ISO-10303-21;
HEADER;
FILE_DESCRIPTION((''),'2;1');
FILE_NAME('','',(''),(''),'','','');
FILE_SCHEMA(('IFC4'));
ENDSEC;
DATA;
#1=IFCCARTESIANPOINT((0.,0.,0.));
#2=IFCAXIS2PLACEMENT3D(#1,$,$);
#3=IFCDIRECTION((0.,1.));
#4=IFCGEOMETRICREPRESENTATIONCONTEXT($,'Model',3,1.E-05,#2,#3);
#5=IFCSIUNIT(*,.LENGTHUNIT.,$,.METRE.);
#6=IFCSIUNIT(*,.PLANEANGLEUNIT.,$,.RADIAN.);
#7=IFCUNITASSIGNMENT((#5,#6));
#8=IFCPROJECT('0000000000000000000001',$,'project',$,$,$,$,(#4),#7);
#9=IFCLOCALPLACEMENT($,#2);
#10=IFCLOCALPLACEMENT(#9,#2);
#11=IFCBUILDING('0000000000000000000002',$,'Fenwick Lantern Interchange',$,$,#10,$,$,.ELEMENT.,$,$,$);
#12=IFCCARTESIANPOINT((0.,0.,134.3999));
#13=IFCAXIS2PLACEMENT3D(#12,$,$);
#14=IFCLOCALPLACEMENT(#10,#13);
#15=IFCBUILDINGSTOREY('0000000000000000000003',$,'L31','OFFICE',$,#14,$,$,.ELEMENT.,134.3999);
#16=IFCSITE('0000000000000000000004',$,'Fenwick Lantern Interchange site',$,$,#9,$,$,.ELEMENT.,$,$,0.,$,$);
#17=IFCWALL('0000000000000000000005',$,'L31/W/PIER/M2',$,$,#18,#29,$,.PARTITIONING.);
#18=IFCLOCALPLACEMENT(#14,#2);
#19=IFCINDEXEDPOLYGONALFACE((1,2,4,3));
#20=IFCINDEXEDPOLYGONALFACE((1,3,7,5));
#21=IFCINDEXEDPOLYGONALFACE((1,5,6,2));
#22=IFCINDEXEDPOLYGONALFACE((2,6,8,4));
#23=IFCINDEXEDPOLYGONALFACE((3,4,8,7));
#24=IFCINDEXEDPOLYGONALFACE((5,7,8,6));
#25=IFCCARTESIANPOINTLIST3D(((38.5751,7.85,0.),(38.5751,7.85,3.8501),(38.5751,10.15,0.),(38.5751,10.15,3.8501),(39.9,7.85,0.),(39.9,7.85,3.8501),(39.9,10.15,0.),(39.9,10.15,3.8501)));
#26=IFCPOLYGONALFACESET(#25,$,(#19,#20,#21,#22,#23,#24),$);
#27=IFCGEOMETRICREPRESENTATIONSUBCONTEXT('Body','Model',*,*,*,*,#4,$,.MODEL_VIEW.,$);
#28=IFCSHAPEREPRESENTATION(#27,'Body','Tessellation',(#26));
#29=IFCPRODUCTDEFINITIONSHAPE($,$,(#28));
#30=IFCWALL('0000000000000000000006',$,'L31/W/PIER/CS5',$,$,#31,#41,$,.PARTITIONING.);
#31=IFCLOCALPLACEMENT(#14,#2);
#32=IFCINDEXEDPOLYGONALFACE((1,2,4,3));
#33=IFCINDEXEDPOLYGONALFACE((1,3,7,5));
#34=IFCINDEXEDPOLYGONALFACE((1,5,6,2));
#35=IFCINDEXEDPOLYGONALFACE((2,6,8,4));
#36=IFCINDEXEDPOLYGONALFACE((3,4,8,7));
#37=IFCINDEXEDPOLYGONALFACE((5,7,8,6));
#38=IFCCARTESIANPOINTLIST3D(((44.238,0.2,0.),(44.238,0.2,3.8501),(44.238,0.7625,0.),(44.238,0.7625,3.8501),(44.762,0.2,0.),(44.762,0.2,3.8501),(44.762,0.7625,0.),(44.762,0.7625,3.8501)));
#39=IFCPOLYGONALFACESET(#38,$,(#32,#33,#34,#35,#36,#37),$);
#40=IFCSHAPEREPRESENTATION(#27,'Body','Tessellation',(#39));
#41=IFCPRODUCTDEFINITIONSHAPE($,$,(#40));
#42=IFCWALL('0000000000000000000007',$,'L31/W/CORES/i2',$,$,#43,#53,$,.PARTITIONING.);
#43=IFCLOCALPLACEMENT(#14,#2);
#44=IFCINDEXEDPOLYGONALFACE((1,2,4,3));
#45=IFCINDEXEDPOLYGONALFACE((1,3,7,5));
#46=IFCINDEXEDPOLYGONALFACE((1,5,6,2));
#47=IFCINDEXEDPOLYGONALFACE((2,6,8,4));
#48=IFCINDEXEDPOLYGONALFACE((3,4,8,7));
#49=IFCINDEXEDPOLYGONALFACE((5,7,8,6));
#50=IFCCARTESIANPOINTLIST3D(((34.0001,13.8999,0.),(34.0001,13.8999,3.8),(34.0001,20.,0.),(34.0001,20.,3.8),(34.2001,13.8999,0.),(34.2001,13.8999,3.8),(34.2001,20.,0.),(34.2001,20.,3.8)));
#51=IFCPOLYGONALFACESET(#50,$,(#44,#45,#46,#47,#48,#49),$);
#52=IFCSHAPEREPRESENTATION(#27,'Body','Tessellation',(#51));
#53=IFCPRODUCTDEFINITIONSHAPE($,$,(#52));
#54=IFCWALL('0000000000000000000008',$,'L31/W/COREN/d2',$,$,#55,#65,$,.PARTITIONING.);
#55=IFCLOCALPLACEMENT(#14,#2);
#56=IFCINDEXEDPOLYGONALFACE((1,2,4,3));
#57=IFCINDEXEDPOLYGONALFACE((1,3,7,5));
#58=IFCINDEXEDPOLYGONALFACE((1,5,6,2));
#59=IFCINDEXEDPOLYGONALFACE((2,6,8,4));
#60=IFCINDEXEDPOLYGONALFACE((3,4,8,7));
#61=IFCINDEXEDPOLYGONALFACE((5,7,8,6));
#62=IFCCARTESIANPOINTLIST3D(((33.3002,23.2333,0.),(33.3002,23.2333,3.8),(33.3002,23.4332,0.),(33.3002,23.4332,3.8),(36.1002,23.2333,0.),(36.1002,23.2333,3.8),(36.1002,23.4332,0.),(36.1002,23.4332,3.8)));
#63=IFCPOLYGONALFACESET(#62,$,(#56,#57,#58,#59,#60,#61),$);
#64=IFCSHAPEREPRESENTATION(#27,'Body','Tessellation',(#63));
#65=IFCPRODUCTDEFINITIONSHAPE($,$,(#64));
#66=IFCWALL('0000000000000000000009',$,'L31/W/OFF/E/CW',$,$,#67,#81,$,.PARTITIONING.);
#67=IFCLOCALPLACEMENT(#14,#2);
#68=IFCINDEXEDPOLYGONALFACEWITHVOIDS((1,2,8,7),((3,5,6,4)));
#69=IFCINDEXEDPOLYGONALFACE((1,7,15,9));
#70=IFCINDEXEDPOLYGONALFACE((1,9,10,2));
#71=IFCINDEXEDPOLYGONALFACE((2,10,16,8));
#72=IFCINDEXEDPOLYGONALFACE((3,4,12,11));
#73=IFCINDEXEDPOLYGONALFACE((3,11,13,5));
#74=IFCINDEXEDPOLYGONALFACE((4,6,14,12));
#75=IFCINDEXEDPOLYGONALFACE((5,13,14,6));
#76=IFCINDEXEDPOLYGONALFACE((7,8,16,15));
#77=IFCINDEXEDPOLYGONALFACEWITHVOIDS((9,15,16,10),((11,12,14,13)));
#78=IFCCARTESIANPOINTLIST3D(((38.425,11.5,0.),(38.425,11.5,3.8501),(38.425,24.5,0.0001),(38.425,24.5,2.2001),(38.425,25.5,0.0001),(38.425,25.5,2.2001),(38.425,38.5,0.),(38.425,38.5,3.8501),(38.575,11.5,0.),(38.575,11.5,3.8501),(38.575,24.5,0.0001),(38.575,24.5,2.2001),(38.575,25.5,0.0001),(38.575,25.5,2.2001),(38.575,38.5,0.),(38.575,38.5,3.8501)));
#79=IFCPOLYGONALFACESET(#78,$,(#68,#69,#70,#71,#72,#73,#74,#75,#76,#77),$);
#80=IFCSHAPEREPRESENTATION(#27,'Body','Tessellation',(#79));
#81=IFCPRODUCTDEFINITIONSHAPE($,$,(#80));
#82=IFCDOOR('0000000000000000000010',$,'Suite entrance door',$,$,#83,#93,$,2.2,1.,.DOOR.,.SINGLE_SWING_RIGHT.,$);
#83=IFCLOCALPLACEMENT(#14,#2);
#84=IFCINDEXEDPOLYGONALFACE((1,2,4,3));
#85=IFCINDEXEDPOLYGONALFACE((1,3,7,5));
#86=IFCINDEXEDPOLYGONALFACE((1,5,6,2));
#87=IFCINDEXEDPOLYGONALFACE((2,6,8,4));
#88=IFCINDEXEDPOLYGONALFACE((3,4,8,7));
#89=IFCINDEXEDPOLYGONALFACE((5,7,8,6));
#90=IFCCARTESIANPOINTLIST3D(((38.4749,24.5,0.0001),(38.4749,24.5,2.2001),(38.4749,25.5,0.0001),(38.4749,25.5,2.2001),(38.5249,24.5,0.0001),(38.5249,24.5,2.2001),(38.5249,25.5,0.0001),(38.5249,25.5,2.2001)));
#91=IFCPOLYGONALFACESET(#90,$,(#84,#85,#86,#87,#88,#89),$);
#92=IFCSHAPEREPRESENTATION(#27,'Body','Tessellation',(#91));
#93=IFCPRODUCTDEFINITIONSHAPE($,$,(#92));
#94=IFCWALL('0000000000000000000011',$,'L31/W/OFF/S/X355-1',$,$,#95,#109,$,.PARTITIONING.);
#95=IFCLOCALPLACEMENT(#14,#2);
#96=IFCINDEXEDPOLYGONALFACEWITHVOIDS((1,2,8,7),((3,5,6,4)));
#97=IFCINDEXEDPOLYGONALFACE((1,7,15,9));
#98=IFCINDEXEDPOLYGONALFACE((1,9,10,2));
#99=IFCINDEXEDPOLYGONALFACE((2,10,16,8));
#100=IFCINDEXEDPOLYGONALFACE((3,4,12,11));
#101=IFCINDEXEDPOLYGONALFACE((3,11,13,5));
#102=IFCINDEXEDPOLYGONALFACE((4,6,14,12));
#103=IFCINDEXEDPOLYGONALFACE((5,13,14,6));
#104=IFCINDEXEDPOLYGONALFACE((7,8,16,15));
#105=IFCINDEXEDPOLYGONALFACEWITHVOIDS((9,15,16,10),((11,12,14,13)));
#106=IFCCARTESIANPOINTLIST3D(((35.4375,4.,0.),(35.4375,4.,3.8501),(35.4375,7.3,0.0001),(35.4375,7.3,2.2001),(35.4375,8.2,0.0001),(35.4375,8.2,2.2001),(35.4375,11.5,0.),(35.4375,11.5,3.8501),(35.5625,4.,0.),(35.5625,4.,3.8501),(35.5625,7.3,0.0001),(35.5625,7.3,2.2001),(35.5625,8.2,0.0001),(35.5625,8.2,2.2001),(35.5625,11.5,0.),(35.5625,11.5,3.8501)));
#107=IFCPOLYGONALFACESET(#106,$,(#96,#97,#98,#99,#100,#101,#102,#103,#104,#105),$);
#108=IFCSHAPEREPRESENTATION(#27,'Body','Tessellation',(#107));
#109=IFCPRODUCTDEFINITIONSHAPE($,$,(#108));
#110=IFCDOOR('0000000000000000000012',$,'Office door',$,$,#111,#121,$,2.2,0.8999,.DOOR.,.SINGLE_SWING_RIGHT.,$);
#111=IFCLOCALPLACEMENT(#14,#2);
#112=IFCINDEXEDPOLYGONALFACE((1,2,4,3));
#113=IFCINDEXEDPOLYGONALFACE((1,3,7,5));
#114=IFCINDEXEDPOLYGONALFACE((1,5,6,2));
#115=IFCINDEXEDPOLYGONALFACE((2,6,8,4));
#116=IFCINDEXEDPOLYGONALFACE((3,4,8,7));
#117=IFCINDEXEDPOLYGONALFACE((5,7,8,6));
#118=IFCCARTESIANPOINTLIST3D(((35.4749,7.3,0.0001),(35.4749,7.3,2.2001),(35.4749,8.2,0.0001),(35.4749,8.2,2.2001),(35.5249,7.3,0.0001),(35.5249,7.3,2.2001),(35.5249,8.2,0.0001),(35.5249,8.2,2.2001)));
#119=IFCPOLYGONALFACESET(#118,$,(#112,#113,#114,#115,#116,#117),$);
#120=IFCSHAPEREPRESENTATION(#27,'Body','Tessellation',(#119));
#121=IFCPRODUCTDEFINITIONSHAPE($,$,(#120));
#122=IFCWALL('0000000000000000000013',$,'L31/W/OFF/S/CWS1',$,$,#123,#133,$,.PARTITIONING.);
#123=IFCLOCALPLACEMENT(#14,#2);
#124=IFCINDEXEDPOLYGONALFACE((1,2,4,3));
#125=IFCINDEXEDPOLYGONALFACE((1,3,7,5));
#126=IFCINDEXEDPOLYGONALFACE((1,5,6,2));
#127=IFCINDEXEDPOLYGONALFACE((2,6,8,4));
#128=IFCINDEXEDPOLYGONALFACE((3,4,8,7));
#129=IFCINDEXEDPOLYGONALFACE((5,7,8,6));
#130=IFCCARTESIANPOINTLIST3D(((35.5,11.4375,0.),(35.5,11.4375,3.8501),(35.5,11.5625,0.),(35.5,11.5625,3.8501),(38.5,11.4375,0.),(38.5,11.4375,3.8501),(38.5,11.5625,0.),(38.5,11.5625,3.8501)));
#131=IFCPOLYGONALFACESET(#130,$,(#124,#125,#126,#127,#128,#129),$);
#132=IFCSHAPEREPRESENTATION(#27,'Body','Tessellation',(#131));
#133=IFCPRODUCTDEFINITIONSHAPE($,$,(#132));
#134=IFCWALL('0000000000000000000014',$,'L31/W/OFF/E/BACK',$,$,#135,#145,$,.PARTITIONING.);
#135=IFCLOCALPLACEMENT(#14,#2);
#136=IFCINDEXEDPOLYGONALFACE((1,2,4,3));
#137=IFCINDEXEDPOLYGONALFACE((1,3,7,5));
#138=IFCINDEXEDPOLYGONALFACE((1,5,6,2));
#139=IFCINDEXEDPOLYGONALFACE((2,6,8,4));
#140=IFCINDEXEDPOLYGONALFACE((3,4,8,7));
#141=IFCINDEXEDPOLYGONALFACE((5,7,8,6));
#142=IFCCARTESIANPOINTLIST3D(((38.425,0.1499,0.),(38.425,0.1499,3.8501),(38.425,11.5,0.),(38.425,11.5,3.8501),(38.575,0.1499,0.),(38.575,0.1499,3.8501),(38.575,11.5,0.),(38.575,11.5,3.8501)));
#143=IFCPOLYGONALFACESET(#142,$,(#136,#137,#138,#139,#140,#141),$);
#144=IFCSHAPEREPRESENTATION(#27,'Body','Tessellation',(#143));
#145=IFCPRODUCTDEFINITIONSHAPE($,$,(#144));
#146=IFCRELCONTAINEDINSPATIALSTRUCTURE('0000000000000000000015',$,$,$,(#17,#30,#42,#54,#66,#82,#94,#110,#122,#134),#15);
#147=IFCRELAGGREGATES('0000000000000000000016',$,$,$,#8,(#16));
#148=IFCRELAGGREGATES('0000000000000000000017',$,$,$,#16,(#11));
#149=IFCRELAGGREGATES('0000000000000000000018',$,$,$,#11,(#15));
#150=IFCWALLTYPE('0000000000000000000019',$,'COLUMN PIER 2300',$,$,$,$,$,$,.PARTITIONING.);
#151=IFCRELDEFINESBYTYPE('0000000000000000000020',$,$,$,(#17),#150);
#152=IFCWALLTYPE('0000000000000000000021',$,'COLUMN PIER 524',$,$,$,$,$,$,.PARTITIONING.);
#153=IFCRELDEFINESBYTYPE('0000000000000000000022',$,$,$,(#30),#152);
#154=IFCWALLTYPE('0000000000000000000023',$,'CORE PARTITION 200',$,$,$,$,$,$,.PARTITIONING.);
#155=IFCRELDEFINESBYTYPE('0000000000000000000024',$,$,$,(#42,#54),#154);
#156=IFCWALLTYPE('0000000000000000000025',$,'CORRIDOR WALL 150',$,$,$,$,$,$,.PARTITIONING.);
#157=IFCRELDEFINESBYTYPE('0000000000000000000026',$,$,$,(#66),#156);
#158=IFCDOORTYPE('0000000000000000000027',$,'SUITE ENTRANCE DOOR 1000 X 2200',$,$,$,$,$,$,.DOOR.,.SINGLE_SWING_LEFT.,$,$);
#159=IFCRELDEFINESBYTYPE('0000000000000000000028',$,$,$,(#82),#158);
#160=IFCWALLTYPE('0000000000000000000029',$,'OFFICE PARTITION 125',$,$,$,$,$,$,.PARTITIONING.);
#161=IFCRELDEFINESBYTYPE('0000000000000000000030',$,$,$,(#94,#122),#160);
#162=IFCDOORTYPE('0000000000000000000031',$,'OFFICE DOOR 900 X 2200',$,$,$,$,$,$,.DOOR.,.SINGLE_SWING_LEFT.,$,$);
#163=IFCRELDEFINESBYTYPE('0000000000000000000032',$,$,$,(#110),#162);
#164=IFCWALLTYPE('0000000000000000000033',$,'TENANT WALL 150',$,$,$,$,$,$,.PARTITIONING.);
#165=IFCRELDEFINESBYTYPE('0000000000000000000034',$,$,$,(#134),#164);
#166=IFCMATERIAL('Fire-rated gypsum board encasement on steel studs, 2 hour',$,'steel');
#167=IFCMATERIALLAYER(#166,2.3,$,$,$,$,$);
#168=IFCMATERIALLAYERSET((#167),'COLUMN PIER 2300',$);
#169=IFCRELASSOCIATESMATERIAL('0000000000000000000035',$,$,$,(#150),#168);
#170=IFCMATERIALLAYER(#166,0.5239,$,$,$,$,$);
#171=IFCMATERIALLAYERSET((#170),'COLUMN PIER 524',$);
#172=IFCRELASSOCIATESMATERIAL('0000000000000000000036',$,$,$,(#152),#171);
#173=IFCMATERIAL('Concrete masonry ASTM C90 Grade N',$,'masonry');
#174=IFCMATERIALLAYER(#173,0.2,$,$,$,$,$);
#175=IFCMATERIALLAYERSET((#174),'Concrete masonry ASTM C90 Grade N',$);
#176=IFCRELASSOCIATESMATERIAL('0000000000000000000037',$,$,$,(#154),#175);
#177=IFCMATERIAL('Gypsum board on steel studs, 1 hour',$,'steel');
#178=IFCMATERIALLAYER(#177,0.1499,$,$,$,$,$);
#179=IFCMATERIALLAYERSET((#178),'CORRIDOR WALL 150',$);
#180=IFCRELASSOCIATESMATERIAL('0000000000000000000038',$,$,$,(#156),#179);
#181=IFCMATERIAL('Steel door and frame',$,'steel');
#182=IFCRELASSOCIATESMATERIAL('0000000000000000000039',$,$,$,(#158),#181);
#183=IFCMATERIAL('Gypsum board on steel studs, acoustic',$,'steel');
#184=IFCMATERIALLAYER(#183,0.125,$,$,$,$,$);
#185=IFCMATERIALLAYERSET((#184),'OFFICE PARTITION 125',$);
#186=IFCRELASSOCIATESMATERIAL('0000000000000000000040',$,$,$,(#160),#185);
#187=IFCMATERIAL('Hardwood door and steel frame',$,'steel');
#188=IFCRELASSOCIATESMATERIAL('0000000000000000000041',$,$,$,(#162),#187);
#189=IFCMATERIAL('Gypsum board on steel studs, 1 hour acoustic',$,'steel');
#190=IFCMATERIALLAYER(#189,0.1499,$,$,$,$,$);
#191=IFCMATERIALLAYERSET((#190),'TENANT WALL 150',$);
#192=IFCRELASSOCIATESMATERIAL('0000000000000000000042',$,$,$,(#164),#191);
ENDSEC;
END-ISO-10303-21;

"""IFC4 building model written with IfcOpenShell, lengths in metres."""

from ifc_helpers import new_model, si_unit, direction, frame, frame_2d, origin, place, context, subcontext, project, spatial, rectangle, extrude, material, layer, layer_set, type_object, element, fill, save


model = new_model("IFC4")

# Units and contexts
model_context = context("Model", 3, precision=1e-05, world=origin(), true_north=direction((0.0, 1.0)))
body_context = subcontext(model_context, "Body", "Model", "MODEL_VIEW")
ifc_project = project(units=[si_unit("LENGTHUNIT", "METRE"), si_unit("PLANEANGLEUNIT", "RADIAN")], contexts=[model_context])

# Site, building, storey
site_placement = place(None, origin())
site = spatial("IfcSite", under=ifc_project, at=site_placement, Name="Fenwick Lantern Interchange site", CompositionType="ELEMENT", RefElevation=0.0)
building_placement = place(site_placement, origin())
building = spatial("IfcBuilding", under=site, at=building_placement, Name="Fenwick Lantern Interchange", CompositionType="ELEMENT")
storey_placement = place(building_placement, frame((0.0, 0.0, 134.3999)))
storey = spatial("IfcBuildingStorey", under=building, at=storey_placement, Name="L31", Description="OFFICE", CompositionType="ELEMENT", Elevation=134.3999)

# Walls
ifc_material_1 = material(Name="Fire-rated gypsum board encasement on steel studs, 2 hour", Category="steel")
ifc_layer_1 = layer(ifc_material_1, 2.3)
ifc_layer_set_1 = layer_set([ifc_layer_1], Name="COLUMN PIER 2300")
wall_type_1 = type_object("IfcWallType", Name="COLUMN PIER 2300", PredefinedType="PARTITIONING", material=ifc_layer_set_1)
wall_1_placement = place(storey_placement, frame((38.575, 9.0, 0.0), z_axis=(0.0, 0.0, 1.0), x_axis=(1.0, 0.0, 0.0)))
element("IfcWall", 1, at=wall_1_placement, inside=storey, type_object=wall_type_1, Name="L31/W/PIER/M2", PredefinedType="PARTITIONING", context=body_context, shape_type="SweptSolid", body=[
    extrude(rectangle(XDim=1.325, YDim=2.3, at=frame_2d((0.6626, 0.0))), origin(), (0.0, 0.0, 1.0), 3.8501),
])
ifc_layer_2 = layer(ifc_material_1, 0.5239)
ifc_layer_set_2 = layer_set([ifc_layer_2], Name="COLUMN PIER 524")
wall_type_2 = type_object("IfcWallType", Name="COLUMN PIER 524", PredefinedType="PARTITIONING", material=ifc_layer_set_2)
wall_2_placement = place(storey_placement, frame((44.5, 0.2, 0.0), z_axis=(0.0, 0.0, 1.0), x_axis=(0.0, 1.0, 0.0)))
element("IfcWall", 2, at=wall_2_placement, inside=storey, type_object=wall_type_2, Name="L31/W/PIER/CS5", PredefinedType="PARTITIONING", context=body_context, shape_type="SweptSolid", body=[
    extrude(rectangle(XDim=0.5625, YDim=0.5239, at=frame_2d((0.2812, 0.0))), origin(), (0.0, 0.0, 1.0), 3.8501),
])
ifc_material_2 = material(Name="Concrete masonry ASTM C90 Grade N", Category="masonry")
ifc_layer_3 = layer(ifc_material_2, 0.2)
ifc_layer_set_3 = layer_set([ifc_layer_3], Name="Concrete masonry ASTM C90 Grade N")
wall_type_3 = type_object("IfcWallType", Name="CORE PARTITION 200", PredefinedType="PARTITIONING", material=ifc_layer_set_3)
wall_3_placement = place(storey_placement, frame((34.1001, 13.8999, 0.0), z_axis=(0.0, 0.0, 1.0), x_axis=(0.0, 1.0, 0.0)))
element("IfcWall", 3, at=wall_3_placement, inside=storey, type_object=wall_type_3, Name="L31/W/CORES/i2", PredefinedType="PARTITIONING", context=body_context, shape_type="SweptSolid", body=[
    extrude(rectangle(XDim=6.1001, YDim=0.2, at=frame_2d((3.05, 0.0))), origin(), (0.0, 0.0, 1.0), 3.8),
])
wall_4_placement = place(storey_placement, frame((36.1001, 23.3333, 0.0), z_axis=(0.0, 0.0, 1.0), x_axis=(-1.0, 0.0, 0.0)))
element("IfcWall", 4, at=wall_4_placement, inside=storey, type_object=wall_type_3, Name="L31/W/COREN/d2", PredefinedType="PARTITIONING", context=body_context, shape_type="SweptSolid", body=[
    extrude(rectangle(XDim=2.8, YDim=0.2, at=frame_2d((1.3999, 0.0))), origin(), (0.0, 0.0, 1.0), 3.8),
])

# Shared definitions
ifc_material_3 = material(Name="Steel door and frame", Category="steel")

# Walls, openings, doors
ifc_material_4 = material(Name="Gypsum board on steel studs, 1 hour", Category="steel")
ifc_layer_4 = layer(ifc_material_4, 0.1499)
ifc_layer_set_4 = layer_set([ifc_layer_4], Name="CORRIDOR WALL 150")
wall_type_4 = type_object("IfcWallType", Name="CORRIDOR WALL 150", PredefinedType="PARTITIONING", material=ifc_layer_set_4)
wall_5_placement = place(storey_placement, frame((38.5, 11.5, 0.0), z_axis=(0.0, 0.0, 1.0), x_axis=(0.0, 1.0, 0.0)))
wall_5 = element("IfcWall", 5, at=wall_5_placement, inside=storey, type_object=wall_type_4, Name="L31/W/OFF/E/CW", PredefinedType="PARTITIONING", context=body_context, shape_type="SweptSolid", body=[
    extrude(rectangle(XDim=27.0, YDim=0.1499, at=frame_2d((13.5, 0.0))), origin(), (0.0, 0.0, 1.0), 3.8501),
])
opening_1_placement = place(wall_5_placement, frame((13.0, 0.0, 0.0)))
opening_1 = element("IfcOpeningElement", 6, at=opening_1_placement, cuts=wall_5, PredefinedType="OPENING", context=body_context, shape_type="SweptSolid", body=[
    extrude(rectangle(XDim=1.0, YDim=2.2, at=frame_2d((0.5, 1.1001))), frame((0.0, 0.085, 0.0), z_axis=(0.0, -1.0, 0.0), x_axis=(1.0, 0.0, 0.0)), (0.0, 0.0, 1.0), 0.1699),
])
door_type_1 = type_object("IfcDoorType", Name="SUITE ENTRANCE DOOR 1000 X 2200", OperationType="SINGLE_SWING_LEFT", PredefinedType="DOOR", material=ifc_material_3)
door_1_placement = place(opening_1_placement, frame((1.0, 0.0, 0.0), z_axis=(0.0, 0.0, 1.0), x_axis=(-1.0, 0.0, 0.0)))
door_1 = element("IfcDoor", 7, at=door_1_placement, inside=storey, type_object=door_type_1, Name="Suite entrance door", OperationType="SINGLE_SWING_RIGHT", OverallHeight=2.2, OverallWidth=1.0, PredefinedType="DOOR", context=body_context, shape_type="SweptSolid", body=[
    extrude(rectangle(XDim=1.0, YDim=2.2, at=frame_2d((0.5, 1.1001))), frame((0.0, 0.0249, 0.0), z_axis=(0.0, -1.0, 0.0), x_axis=(1.0, 0.0, 0.0)), (0.0, 0.0, 1.0), 0.05),
])
fill(opening_1, door_1)
ifc_material_5 = material(Name="Gypsum board on steel studs, acoustic", Category="steel")
ifc_layer_5 = layer(ifc_material_5, 0.125)
ifc_layer_set_5 = layer_set([ifc_layer_5], Name="OFFICE PARTITION 125")
wall_type_5 = type_object("IfcWallType", Name="OFFICE PARTITION 125", PredefinedType="PARTITIONING", material=ifc_layer_set_5)
wall_6_placement = place(storey_placement, frame((35.5, 4.0, 0.0), z_axis=(0.0, 0.0, 1.0), x_axis=(0.0, 1.0, 0.0)))
wall_6 = element("IfcWall", 8, at=wall_6_placement, inside=storey, type_object=wall_type_5, Name="L31/W/OFF/S/X355-1", PredefinedType="PARTITIONING", context=body_context, shape_type="SweptSolid", body=[
    extrude(rectangle(XDim=7.5, YDim=0.125, at=frame_2d((3.75, 0.0))), origin(), (0.0, 0.0, 1.0), 3.8501),
])
opening_2_placement = place(wall_6_placement, frame((3.3, 0.0, 0.0)))
opening_2 = element("IfcOpeningElement", 9, at=opening_2_placement, cuts=wall_6, PredefinedType="OPENING", context=body_context, shape_type="SweptSolid", body=[
    extrude(rectangle(XDim=0.8999, YDim=2.2, at=frame_2d((0.45, 1.1001))), frame((0.0, 0.0725, 0.0), z_axis=(0.0, -1.0, 0.0), x_axis=(1.0, 0.0, 0.0)), (0.0, 0.0, 1.0), 0.145),
])
ifc_material_6 = material(Name="Hardwood door and steel frame", Category="steel")
door_type_2 = type_object("IfcDoorType", Name="OFFICE DOOR 900 X 2200", OperationType="SINGLE_SWING_LEFT", PredefinedType="DOOR", material=ifc_material_6)
door_2_placement = place(opening_2_placement, frame((0.8999, 0.0, 0.0), z_axis=(0.0, 0.0, 1.0), x_axis=(-1.0, 0.0, 0.0)))
door_2 = element("IfcDoor", 10, at=door_2_placement, inside=storey, type_object=door_type_2, Name="Office door", OperationType="SINGLE_SWING_RIGHT", OverallHeight=2.2, OverallWidth=0.8999, PredefinedType="DOOR", context=body_context, shape_type="SweptSolid", body=[
    extrude(rectangle(XDim=0.8999, YDim=2.2, at=frame_2d((0.45, 1.1001))), frame((0.0, 0.0249, 0.0), z_axis=(0.0, -1.0, 0.0), x_axis=(1.0, 0.0, 0.0)), (0.0, 0.0, 1.0), 0.05),
])
fill(opening_2, door_2)

# Walls
wall_7_placement = place(storey_placement, frame((35.5, 11.5, 0.0), z_axis=(0.0, 0.0, 1.0), x_axis=(1.0, 0.0, 0.0)))
element("IfcWall", 11, at=wall_7_placement, inside=storey, type_object=wall_type_5, Name="L31/W/OFF/S/CWS1", PredefinedType="PARTITIONING", context=body_context, shape_type="SweptSolid", body=[
    extrude(rectangle(XDim=3.0, YDim=0.125, at=frame_2d((1.5, 0.0))), origin(), (0.0, 0.0, 1.0), 3.8501),
])
ifc_material_7 = material(Name="Gypsum board on steel studs, 1 hour acoustic", Category="steel")
ifc_layer_6 = layer(ifc_material_7, 0.1499)
ifc_layer_set_6 = layer_set([ifc_layer_6], Name="TENANT WALL 150")
wall_type_6 = type_object("IfcWallType", Name="TENANT WALL 150", PredefinedType="PARTITIONING", material=ifc_layer_set_6)
wall_8_placement = place(storey_placement, frame((38.5, 0.1499, 0.0), z_axis=(0.0, 0.0, 1.0), x_axis=(0.0, 1.0, 0.0)))
element("IfcWall", 12, at=wall_8_placement, inside=storey, type_object=wall_type_6, Name="L31/W/OFF/E/BACK", PredefinedType="PARTITIONING", context=body_context, shape_type="SweptSolid", body=[
    extrude(rectangle(XDim=11.3501, YDim=0.1499, at=frame_2d((5.675, 0.0))), origin(), (0.0, 0.0, 1.0), 3.8501),
])

save(model, "model.ifc")
